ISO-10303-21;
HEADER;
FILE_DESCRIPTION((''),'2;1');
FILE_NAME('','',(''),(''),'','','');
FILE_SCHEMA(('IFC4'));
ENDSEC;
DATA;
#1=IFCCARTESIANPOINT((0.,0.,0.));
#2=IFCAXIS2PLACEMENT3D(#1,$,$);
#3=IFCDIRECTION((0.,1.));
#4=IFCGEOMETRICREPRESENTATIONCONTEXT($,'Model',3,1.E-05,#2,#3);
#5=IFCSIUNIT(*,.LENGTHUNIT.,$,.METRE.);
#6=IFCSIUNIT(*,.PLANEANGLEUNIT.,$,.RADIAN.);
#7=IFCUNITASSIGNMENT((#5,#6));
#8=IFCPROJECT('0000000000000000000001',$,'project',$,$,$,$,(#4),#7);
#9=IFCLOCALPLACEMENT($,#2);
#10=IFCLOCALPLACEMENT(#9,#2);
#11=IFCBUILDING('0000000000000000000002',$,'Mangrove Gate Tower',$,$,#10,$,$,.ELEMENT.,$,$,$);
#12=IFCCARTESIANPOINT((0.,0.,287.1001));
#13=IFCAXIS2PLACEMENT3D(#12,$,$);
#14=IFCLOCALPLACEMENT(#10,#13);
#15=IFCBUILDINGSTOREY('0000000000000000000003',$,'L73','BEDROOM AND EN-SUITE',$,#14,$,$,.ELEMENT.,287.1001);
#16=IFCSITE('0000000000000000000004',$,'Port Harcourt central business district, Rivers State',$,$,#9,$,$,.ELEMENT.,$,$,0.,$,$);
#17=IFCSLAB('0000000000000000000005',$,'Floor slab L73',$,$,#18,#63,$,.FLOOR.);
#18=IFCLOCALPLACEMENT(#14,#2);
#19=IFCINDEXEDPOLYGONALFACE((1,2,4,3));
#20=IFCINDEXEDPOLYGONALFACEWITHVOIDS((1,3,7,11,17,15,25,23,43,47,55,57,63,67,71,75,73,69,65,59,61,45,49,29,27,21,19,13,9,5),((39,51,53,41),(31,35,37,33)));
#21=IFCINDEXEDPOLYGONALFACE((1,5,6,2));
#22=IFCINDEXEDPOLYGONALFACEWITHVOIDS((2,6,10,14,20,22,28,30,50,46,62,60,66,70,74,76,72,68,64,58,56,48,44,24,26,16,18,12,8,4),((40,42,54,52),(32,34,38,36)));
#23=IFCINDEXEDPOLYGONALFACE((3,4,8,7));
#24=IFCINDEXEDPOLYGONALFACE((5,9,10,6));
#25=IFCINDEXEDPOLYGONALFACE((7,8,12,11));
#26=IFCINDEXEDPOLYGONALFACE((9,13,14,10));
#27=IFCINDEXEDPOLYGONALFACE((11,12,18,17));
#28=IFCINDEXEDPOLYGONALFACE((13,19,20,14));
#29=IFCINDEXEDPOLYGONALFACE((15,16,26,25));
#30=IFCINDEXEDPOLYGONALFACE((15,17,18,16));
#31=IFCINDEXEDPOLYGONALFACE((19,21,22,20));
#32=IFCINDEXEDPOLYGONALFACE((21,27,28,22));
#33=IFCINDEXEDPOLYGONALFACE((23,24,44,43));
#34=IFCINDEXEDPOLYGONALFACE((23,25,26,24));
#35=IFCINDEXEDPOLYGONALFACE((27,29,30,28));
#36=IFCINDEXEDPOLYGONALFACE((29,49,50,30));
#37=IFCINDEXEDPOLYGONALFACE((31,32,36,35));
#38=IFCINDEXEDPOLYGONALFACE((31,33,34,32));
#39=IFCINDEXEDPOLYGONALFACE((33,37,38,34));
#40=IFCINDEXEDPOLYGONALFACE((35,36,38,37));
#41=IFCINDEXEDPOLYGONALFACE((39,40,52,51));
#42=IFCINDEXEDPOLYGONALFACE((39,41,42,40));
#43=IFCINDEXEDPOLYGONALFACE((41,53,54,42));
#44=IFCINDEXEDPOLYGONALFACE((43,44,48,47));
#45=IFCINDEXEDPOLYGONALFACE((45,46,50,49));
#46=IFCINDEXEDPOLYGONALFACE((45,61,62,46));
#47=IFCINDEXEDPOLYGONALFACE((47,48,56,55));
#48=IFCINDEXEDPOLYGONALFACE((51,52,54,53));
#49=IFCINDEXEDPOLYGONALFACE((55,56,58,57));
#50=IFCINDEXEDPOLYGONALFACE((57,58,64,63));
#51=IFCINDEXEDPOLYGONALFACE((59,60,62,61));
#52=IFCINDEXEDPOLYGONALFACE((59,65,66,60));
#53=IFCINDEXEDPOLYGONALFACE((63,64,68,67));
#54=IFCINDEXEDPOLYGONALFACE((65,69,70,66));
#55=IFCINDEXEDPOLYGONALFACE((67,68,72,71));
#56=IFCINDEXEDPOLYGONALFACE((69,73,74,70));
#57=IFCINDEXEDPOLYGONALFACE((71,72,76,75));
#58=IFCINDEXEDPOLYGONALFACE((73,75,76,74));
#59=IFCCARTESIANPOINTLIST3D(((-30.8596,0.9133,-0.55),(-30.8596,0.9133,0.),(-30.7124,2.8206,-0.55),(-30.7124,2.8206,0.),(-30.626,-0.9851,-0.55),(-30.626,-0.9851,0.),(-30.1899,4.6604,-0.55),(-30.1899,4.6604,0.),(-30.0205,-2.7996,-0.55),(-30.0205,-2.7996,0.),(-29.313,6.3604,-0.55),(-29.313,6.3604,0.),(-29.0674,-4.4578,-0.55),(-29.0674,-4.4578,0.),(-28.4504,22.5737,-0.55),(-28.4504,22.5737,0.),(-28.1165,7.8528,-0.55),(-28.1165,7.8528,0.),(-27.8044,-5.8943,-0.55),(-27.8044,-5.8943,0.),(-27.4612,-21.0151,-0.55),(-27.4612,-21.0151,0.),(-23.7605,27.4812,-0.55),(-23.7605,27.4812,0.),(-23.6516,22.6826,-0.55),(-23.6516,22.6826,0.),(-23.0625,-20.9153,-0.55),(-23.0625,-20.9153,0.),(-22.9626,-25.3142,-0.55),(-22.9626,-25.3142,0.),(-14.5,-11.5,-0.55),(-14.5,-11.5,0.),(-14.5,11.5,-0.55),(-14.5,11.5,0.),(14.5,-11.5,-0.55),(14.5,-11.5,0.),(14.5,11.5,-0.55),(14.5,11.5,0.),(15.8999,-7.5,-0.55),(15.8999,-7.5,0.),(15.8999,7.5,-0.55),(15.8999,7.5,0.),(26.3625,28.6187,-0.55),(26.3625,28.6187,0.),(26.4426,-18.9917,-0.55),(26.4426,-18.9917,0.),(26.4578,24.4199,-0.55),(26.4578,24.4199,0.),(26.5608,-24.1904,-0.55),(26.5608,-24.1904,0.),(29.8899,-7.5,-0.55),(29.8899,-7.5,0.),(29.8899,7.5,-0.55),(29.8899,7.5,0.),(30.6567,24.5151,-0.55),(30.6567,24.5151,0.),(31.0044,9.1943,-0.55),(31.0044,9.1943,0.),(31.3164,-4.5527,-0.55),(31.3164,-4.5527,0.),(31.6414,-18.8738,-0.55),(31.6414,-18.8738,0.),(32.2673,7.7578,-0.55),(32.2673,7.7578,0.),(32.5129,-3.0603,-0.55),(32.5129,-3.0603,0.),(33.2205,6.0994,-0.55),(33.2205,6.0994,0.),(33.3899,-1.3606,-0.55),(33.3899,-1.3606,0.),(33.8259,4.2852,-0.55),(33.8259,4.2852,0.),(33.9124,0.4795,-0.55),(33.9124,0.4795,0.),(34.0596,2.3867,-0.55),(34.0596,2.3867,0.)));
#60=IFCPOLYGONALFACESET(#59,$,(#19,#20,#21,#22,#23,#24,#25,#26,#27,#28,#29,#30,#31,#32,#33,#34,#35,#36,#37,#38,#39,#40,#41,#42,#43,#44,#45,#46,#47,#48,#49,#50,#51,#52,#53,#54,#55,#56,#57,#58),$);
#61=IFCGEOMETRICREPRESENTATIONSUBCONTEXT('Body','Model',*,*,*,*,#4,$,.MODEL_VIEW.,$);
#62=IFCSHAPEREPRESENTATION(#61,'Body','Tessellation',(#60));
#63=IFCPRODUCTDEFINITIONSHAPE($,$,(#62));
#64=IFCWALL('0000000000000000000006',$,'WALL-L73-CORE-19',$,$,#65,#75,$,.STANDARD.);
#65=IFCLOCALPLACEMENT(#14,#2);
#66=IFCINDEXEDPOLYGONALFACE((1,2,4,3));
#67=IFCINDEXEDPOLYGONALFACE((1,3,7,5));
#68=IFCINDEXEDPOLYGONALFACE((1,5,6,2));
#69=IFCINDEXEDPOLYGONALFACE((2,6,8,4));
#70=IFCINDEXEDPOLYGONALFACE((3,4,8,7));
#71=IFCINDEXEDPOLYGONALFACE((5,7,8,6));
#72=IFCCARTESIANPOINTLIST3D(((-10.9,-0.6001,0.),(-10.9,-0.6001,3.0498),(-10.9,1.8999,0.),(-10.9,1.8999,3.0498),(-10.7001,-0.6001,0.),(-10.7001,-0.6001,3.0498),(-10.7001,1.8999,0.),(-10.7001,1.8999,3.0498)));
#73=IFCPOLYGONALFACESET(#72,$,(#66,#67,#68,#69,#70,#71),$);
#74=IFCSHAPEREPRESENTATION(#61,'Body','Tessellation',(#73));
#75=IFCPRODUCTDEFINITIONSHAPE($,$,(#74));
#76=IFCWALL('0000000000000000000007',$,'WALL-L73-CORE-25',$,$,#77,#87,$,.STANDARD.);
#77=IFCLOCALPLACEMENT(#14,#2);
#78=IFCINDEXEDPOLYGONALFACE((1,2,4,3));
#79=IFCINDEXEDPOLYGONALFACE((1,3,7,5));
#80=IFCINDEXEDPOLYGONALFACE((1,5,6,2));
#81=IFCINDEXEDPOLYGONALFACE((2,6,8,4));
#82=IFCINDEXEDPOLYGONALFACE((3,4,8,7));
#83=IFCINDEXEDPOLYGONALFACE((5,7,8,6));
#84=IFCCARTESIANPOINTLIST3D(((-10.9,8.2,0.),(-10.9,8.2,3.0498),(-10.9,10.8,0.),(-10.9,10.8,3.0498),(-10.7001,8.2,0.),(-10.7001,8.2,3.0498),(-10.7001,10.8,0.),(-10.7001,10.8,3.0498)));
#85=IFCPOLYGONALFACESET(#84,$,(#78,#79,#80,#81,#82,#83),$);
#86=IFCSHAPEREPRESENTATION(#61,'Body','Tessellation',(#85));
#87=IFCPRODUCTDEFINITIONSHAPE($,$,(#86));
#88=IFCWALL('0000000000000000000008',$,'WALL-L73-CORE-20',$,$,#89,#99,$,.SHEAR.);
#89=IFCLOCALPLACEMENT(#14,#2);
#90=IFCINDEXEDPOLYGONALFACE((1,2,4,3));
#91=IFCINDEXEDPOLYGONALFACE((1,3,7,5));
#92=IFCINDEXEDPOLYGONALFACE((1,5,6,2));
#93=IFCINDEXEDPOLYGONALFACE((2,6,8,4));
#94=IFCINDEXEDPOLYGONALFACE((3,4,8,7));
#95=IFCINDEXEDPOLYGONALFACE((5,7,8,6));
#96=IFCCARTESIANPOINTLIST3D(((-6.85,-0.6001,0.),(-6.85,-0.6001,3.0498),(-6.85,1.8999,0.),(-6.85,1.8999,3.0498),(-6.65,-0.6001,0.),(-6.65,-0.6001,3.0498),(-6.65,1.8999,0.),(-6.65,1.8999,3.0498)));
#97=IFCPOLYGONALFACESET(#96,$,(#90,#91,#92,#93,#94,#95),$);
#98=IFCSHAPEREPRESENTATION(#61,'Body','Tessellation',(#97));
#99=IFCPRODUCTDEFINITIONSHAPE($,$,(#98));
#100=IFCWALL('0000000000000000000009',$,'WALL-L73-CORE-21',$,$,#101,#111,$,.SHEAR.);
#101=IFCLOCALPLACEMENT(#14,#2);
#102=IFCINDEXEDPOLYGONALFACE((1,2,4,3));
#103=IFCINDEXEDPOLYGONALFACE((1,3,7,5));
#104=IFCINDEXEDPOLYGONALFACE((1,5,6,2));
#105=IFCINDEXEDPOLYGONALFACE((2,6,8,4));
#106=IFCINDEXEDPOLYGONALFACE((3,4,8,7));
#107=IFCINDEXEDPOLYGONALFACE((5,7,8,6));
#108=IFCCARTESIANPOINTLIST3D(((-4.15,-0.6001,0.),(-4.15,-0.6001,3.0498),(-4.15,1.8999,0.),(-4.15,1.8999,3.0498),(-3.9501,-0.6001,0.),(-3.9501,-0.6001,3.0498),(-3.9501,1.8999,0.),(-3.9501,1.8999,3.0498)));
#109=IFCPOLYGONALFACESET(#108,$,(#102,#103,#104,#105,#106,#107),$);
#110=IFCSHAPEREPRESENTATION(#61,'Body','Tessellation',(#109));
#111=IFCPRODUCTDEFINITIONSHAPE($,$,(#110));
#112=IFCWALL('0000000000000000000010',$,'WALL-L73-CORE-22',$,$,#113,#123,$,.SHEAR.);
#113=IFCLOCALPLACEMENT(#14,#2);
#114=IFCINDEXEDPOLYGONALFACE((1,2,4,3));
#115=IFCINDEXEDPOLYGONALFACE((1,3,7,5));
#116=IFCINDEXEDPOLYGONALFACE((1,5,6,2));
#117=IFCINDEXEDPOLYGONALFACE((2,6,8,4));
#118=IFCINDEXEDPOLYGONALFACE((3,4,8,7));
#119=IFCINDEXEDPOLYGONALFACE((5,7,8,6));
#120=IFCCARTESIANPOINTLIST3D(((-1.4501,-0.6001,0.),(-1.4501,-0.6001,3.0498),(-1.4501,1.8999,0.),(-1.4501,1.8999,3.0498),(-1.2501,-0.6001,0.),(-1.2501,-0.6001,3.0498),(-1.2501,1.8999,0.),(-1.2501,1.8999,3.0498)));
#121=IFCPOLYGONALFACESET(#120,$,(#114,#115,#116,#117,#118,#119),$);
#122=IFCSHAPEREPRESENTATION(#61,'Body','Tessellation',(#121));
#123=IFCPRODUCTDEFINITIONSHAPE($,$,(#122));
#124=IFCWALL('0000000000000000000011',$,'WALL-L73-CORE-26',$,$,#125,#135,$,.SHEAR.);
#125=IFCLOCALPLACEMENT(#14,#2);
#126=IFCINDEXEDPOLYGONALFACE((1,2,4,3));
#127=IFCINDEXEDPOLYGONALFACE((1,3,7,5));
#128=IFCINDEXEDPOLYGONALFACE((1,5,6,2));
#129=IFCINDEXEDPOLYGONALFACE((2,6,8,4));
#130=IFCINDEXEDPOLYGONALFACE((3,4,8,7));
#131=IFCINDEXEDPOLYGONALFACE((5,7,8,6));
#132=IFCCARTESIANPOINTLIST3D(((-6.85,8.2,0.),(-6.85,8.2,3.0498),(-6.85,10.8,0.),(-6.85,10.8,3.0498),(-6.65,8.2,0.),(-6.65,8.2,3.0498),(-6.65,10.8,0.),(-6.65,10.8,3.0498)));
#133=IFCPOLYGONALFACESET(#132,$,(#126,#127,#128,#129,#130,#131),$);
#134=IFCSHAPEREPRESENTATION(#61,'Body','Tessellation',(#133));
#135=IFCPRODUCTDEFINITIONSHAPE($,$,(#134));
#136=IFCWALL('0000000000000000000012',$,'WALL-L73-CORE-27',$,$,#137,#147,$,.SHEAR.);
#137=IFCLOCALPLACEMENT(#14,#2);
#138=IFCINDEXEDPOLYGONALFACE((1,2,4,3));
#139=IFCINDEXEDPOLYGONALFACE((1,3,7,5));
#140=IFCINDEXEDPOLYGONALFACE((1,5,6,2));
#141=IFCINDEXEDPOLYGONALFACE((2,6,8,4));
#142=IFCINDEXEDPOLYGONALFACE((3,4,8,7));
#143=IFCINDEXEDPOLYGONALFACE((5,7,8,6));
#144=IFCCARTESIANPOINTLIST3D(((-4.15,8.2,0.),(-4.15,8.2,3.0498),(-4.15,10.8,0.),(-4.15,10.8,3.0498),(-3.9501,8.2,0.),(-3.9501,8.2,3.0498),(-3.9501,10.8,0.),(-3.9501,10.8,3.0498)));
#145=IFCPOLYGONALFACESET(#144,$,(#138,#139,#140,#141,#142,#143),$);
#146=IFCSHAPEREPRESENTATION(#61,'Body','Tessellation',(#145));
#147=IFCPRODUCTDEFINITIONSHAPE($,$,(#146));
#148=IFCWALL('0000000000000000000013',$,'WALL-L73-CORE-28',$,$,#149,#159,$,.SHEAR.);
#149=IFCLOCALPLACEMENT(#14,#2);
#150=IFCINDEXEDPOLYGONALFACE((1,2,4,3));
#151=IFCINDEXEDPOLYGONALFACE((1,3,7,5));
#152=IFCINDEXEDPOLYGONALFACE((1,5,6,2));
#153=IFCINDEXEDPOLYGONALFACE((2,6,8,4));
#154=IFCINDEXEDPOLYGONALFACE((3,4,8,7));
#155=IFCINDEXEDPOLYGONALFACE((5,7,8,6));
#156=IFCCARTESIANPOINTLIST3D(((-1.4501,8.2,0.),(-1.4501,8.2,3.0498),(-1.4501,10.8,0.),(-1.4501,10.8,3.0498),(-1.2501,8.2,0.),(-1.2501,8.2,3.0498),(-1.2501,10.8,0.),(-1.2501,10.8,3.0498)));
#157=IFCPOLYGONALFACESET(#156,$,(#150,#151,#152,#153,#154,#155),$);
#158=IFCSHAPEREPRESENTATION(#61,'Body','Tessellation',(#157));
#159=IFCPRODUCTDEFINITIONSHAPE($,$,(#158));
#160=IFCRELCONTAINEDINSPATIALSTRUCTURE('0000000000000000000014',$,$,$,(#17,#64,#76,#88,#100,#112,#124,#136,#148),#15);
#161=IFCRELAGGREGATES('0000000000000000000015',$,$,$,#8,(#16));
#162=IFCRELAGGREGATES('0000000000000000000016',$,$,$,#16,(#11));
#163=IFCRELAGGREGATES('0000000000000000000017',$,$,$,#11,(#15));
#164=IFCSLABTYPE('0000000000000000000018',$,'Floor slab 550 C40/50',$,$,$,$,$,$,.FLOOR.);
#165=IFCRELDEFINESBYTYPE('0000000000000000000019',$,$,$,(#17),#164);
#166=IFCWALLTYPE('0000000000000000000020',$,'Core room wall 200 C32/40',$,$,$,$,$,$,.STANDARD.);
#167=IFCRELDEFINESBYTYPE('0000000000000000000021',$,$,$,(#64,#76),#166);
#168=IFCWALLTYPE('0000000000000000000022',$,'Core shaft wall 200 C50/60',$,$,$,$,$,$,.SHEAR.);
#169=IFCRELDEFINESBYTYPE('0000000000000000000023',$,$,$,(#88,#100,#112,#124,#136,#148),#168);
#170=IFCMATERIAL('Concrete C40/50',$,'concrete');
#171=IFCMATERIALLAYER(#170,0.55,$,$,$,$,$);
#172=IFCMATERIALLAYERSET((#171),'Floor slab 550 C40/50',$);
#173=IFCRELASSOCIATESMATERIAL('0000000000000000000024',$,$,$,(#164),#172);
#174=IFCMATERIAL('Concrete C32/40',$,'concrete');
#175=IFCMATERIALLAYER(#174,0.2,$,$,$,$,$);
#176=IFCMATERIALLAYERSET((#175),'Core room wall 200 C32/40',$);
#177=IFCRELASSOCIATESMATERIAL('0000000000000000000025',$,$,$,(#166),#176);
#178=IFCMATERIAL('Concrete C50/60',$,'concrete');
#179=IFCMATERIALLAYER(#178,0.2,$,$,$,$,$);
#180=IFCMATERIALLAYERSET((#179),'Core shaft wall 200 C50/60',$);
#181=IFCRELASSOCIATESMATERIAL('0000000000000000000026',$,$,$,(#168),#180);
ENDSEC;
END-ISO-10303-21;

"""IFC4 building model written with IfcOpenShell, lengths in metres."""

from ifc_helpers import new_model, si_unit, direction, frame, frame_2d, origin, place, context, subcontext, project, spatial, polyline, rectangle, outline, extrude, material, layer, layer_set, type_object, element, save


model = new_model("IFC4")

# Units and contexts
model_context = context("Model", 3, precision=1e-05, world=origin(), true_north=direction((0.0, 1.0)))
body_context = subcontext(model_context, "Body", "Model", "MODEL_VIEW")
ifc_project = project(units=[si_unit("LENGTHUNIT", "METRE"), si_unit("PLANEANGLEUNIT", "RADIAN")], contexts=[model_context])

# Site, building, storey
site_placement = place(None, origin())
site = spatial("IfcSite", under=ifc_project, at=site_placement, Name="Port Harcourt central business district, Rivers State", CompositionType="ELEMENT", RefElevation=0.0)
building_placement = place(site_placement, origin())
building = spatial("IfcBuilding", under=site, at=building_placement, Name="Mangrove Gate Tower", CompositionType="ELEMENT")
storey_placement = place(building_placement, frame((0.0, 0.0, 287.1001)))
storey = spatial("IfcBuildingStorey", under=building, at=storey_placement, Name="L73", Description="BEDROOM AND EN-SUITE", CompositionType="ELEMENT", Elevation=287.1001)

# Slab
ifc_material_1 = material(Name="Concrete C40/50", Category="concrete")
ifc_layer_1 = layer(ifc_material_1, 0.55)
ifc_layer_set_1 = layer_set([ifc_layer_1], Name="Floor slab 550 C40/50")
slab_type = type_object("IfcSlabType", Name="Floor slab 550 C40/50", PredefinedType="FLOOR", material=ifc_layer_set_1)
slab_placement = place(storey_placement, frame((0.0, 0.0, -0.55)))
element("IfcSlab", 1, at=slab_placement, inside=storey, type_object=slab_type, Name="Floor slab L73", PredefinedType="FLOOR", context=body_context, shape_type="SweptSolid", body=[
    extrude(outline(polyline([(-22.9626, -25.3142), (26.5608, -24.1904), (26.4426, -18.9917), (31.6414, -18.8738), (31.3164, -4.5527), (32.5129, -3.0603), (33.3899, -1.3606), (33.9124, 0.4795), (34.0596, 2.3867), (33.8259, 4.2852), (33.2205, 6.0994), (32.2673, 7.7578), (31.0044, 9.1943), (30.6567, 24.5151), (26.4578, 24.4199), (26.3625, 28.6187), (-23.7605, 27.4812), (-23.6516, 22.6826), (-28.4504, 22.5737), (-28.1165, 7.8528), (-29.313, 6.3604), (-30.1899, 4.6604), (-30.7124, 2.8206), (-30.8596, 0.9133), (-30.626, -0.9851), (-30.0205, -2.7996), (-29.0674, -4.4578), (-27.8044, -5.8943), (-27.4612, -21.0151), (-23.0625, -20.9153), (-22.9626, -25.3142)]), holes=[polyline([(15.8999, 7.5), (29.8899, 7.5), (29.8899, -7.5), (15.8999, -7.5), (15.8999, 7.5)]), polyline([(-14.5, -11.5), (-14.5, 11.5), (14.5, 11.5), (14.5, -11.5), (-14.5, -11.5)])]), origin(), (0.0, 0.0, 1.0), 0.55),
])

# Walls
ifc_material_2 = material(Name="Concrete C32/40", Category="concrete")
ifc_layer_2 = layer(ifc_material_2, 0.2)
ifc_layer_set_2 = layer_set([ifc_layer_2], Name="Core room wall 200 C32/40")
wall_type_1 = type_object("IfcWallType", Name="Core room wall 200 C32/40", PredefinedType="STANDARD", material=ifc_layer_set_2)
wall_1_placement = place(storey_placement, frame((-10.8, -0.6001, 0.0), z_axis=(0.0, 0.0, 1.0), x_axis=(0.0, 1.0, 0.0)))
element("IfcWall", 2, at=wall_1_placement, inside=storey, type_object=wall_type_1, Name="WALL-L73-CORE-19", PredefinedType="STANDARD", context=body_context, shape_type="SweptSolid", body=[
    extrude(rectangle(XDim=2.5, YDim=0.2, at=frame_2d((1.25, 0.0))), origin(), (0.0, 0.0, 1.0), 3.0498),
])
wall_2_placement = place(storey_placement, frame((-10.8, 8.2, 0.0), z_axis=(0.0, 0.0, 1.0), x_axis=(0.0, 1.0, 0.0)))
element("IfcWall", 3, at=wall_2_placement, inside=storey, type_object=wall_type_1, Name="WALL-L73-CORE-25", PredefinedType="STANDARD", context=body_context, shape_type="SweptSolid", body=[
    extrude(rectangle(XDim=2.6001, YDim=0.2, at=frame_2d((1.3, 0.0))), origin(), (0.0, 0.0, 1.0), 3.0498),
])
ifc_material_3 = material(Name="Concrete C50/60", Category="concrete")
ifc_layer_3 = layer(ifc_material_3, 0.2)
ifc_layer_set_3 = layer_set([ifc_layer_3], Name="Core shaft wall 200 C50/60")
wall_type_2 = type_object("IfcWallType", Name="Core shaft wall 200 C50/60", PredefinedType="SHEAR", material=ifc_layer_set_3)
for number, where, z_axis, x_axis, name in (
    (4, (-6.75, -0.6001, 0.0), (0.0, 0.0, 1.0), (0.0, 1.0, 0.0), "WALL-L73-CORE-20"),
    (5, (-4.05, -0.6001, 0.0), (0.0, 0.0, 1.0), (0.0, 1.0, 0.0), "WALL-L73-CORE-21"),
    (6, (-1.3501, -0.6001, 0.0), (0.0, 0.0, 1.0), (0.0, 1.0, 0.0), "WALL-L73-CORE-22"),
):
    element("IfcWall", number, at=place(storey_placement, frame(where, z_axis=z_axis, x_axis=x_axis)), inside=storey, type_object=wall_type_2, Name=name, PredefinedType="SHEAR", context=body_context, shape_type="SweptSolid", body=[
        extrude(rectangle(XDim=2.5, YDim=0.2, at=frame_2d((1.25, 0.0))), origin(), (0.0, 0.0, 1.0), 3.0498),
    ])
for number, where, z_axis, x_axis, name in (
    (7, (-6.75, 8.2, 0.0), (0.0, 0.0, 1.0), (0.0, 1.0, 0.0), "WALL-L73-CORE-26"),
    (8, (-4.05, 8.2, 0.0), (0.0, 0.0, 1.0), (0.0, 1.0, 0.0), "WALL-L73-CORE-27"),
    (9, (-1.3501, 8.2, 0.0), (0.0, 0.0, 1.0), (0.0, 1.0, 0.0), "WALL-L73-CORE-28"),
):
    element("IfcWall", number, at=place(storey_placement, frame(where, z_axis=z_axis, x_axis=x_axis)), inside=storey, type_object=wall_type_2, Name=name, PredefinedType="SHEAR", context=body_context, shape_type="SweptSolid", body=[
        extrude(rectangle(XDim=2.6001, YDim=0.2, at=frame_2d((1.3, 0.0))), origin(), (0.0, 0.0, 1.0), 3.0498),
    ])

save(model, "model.ifc")
